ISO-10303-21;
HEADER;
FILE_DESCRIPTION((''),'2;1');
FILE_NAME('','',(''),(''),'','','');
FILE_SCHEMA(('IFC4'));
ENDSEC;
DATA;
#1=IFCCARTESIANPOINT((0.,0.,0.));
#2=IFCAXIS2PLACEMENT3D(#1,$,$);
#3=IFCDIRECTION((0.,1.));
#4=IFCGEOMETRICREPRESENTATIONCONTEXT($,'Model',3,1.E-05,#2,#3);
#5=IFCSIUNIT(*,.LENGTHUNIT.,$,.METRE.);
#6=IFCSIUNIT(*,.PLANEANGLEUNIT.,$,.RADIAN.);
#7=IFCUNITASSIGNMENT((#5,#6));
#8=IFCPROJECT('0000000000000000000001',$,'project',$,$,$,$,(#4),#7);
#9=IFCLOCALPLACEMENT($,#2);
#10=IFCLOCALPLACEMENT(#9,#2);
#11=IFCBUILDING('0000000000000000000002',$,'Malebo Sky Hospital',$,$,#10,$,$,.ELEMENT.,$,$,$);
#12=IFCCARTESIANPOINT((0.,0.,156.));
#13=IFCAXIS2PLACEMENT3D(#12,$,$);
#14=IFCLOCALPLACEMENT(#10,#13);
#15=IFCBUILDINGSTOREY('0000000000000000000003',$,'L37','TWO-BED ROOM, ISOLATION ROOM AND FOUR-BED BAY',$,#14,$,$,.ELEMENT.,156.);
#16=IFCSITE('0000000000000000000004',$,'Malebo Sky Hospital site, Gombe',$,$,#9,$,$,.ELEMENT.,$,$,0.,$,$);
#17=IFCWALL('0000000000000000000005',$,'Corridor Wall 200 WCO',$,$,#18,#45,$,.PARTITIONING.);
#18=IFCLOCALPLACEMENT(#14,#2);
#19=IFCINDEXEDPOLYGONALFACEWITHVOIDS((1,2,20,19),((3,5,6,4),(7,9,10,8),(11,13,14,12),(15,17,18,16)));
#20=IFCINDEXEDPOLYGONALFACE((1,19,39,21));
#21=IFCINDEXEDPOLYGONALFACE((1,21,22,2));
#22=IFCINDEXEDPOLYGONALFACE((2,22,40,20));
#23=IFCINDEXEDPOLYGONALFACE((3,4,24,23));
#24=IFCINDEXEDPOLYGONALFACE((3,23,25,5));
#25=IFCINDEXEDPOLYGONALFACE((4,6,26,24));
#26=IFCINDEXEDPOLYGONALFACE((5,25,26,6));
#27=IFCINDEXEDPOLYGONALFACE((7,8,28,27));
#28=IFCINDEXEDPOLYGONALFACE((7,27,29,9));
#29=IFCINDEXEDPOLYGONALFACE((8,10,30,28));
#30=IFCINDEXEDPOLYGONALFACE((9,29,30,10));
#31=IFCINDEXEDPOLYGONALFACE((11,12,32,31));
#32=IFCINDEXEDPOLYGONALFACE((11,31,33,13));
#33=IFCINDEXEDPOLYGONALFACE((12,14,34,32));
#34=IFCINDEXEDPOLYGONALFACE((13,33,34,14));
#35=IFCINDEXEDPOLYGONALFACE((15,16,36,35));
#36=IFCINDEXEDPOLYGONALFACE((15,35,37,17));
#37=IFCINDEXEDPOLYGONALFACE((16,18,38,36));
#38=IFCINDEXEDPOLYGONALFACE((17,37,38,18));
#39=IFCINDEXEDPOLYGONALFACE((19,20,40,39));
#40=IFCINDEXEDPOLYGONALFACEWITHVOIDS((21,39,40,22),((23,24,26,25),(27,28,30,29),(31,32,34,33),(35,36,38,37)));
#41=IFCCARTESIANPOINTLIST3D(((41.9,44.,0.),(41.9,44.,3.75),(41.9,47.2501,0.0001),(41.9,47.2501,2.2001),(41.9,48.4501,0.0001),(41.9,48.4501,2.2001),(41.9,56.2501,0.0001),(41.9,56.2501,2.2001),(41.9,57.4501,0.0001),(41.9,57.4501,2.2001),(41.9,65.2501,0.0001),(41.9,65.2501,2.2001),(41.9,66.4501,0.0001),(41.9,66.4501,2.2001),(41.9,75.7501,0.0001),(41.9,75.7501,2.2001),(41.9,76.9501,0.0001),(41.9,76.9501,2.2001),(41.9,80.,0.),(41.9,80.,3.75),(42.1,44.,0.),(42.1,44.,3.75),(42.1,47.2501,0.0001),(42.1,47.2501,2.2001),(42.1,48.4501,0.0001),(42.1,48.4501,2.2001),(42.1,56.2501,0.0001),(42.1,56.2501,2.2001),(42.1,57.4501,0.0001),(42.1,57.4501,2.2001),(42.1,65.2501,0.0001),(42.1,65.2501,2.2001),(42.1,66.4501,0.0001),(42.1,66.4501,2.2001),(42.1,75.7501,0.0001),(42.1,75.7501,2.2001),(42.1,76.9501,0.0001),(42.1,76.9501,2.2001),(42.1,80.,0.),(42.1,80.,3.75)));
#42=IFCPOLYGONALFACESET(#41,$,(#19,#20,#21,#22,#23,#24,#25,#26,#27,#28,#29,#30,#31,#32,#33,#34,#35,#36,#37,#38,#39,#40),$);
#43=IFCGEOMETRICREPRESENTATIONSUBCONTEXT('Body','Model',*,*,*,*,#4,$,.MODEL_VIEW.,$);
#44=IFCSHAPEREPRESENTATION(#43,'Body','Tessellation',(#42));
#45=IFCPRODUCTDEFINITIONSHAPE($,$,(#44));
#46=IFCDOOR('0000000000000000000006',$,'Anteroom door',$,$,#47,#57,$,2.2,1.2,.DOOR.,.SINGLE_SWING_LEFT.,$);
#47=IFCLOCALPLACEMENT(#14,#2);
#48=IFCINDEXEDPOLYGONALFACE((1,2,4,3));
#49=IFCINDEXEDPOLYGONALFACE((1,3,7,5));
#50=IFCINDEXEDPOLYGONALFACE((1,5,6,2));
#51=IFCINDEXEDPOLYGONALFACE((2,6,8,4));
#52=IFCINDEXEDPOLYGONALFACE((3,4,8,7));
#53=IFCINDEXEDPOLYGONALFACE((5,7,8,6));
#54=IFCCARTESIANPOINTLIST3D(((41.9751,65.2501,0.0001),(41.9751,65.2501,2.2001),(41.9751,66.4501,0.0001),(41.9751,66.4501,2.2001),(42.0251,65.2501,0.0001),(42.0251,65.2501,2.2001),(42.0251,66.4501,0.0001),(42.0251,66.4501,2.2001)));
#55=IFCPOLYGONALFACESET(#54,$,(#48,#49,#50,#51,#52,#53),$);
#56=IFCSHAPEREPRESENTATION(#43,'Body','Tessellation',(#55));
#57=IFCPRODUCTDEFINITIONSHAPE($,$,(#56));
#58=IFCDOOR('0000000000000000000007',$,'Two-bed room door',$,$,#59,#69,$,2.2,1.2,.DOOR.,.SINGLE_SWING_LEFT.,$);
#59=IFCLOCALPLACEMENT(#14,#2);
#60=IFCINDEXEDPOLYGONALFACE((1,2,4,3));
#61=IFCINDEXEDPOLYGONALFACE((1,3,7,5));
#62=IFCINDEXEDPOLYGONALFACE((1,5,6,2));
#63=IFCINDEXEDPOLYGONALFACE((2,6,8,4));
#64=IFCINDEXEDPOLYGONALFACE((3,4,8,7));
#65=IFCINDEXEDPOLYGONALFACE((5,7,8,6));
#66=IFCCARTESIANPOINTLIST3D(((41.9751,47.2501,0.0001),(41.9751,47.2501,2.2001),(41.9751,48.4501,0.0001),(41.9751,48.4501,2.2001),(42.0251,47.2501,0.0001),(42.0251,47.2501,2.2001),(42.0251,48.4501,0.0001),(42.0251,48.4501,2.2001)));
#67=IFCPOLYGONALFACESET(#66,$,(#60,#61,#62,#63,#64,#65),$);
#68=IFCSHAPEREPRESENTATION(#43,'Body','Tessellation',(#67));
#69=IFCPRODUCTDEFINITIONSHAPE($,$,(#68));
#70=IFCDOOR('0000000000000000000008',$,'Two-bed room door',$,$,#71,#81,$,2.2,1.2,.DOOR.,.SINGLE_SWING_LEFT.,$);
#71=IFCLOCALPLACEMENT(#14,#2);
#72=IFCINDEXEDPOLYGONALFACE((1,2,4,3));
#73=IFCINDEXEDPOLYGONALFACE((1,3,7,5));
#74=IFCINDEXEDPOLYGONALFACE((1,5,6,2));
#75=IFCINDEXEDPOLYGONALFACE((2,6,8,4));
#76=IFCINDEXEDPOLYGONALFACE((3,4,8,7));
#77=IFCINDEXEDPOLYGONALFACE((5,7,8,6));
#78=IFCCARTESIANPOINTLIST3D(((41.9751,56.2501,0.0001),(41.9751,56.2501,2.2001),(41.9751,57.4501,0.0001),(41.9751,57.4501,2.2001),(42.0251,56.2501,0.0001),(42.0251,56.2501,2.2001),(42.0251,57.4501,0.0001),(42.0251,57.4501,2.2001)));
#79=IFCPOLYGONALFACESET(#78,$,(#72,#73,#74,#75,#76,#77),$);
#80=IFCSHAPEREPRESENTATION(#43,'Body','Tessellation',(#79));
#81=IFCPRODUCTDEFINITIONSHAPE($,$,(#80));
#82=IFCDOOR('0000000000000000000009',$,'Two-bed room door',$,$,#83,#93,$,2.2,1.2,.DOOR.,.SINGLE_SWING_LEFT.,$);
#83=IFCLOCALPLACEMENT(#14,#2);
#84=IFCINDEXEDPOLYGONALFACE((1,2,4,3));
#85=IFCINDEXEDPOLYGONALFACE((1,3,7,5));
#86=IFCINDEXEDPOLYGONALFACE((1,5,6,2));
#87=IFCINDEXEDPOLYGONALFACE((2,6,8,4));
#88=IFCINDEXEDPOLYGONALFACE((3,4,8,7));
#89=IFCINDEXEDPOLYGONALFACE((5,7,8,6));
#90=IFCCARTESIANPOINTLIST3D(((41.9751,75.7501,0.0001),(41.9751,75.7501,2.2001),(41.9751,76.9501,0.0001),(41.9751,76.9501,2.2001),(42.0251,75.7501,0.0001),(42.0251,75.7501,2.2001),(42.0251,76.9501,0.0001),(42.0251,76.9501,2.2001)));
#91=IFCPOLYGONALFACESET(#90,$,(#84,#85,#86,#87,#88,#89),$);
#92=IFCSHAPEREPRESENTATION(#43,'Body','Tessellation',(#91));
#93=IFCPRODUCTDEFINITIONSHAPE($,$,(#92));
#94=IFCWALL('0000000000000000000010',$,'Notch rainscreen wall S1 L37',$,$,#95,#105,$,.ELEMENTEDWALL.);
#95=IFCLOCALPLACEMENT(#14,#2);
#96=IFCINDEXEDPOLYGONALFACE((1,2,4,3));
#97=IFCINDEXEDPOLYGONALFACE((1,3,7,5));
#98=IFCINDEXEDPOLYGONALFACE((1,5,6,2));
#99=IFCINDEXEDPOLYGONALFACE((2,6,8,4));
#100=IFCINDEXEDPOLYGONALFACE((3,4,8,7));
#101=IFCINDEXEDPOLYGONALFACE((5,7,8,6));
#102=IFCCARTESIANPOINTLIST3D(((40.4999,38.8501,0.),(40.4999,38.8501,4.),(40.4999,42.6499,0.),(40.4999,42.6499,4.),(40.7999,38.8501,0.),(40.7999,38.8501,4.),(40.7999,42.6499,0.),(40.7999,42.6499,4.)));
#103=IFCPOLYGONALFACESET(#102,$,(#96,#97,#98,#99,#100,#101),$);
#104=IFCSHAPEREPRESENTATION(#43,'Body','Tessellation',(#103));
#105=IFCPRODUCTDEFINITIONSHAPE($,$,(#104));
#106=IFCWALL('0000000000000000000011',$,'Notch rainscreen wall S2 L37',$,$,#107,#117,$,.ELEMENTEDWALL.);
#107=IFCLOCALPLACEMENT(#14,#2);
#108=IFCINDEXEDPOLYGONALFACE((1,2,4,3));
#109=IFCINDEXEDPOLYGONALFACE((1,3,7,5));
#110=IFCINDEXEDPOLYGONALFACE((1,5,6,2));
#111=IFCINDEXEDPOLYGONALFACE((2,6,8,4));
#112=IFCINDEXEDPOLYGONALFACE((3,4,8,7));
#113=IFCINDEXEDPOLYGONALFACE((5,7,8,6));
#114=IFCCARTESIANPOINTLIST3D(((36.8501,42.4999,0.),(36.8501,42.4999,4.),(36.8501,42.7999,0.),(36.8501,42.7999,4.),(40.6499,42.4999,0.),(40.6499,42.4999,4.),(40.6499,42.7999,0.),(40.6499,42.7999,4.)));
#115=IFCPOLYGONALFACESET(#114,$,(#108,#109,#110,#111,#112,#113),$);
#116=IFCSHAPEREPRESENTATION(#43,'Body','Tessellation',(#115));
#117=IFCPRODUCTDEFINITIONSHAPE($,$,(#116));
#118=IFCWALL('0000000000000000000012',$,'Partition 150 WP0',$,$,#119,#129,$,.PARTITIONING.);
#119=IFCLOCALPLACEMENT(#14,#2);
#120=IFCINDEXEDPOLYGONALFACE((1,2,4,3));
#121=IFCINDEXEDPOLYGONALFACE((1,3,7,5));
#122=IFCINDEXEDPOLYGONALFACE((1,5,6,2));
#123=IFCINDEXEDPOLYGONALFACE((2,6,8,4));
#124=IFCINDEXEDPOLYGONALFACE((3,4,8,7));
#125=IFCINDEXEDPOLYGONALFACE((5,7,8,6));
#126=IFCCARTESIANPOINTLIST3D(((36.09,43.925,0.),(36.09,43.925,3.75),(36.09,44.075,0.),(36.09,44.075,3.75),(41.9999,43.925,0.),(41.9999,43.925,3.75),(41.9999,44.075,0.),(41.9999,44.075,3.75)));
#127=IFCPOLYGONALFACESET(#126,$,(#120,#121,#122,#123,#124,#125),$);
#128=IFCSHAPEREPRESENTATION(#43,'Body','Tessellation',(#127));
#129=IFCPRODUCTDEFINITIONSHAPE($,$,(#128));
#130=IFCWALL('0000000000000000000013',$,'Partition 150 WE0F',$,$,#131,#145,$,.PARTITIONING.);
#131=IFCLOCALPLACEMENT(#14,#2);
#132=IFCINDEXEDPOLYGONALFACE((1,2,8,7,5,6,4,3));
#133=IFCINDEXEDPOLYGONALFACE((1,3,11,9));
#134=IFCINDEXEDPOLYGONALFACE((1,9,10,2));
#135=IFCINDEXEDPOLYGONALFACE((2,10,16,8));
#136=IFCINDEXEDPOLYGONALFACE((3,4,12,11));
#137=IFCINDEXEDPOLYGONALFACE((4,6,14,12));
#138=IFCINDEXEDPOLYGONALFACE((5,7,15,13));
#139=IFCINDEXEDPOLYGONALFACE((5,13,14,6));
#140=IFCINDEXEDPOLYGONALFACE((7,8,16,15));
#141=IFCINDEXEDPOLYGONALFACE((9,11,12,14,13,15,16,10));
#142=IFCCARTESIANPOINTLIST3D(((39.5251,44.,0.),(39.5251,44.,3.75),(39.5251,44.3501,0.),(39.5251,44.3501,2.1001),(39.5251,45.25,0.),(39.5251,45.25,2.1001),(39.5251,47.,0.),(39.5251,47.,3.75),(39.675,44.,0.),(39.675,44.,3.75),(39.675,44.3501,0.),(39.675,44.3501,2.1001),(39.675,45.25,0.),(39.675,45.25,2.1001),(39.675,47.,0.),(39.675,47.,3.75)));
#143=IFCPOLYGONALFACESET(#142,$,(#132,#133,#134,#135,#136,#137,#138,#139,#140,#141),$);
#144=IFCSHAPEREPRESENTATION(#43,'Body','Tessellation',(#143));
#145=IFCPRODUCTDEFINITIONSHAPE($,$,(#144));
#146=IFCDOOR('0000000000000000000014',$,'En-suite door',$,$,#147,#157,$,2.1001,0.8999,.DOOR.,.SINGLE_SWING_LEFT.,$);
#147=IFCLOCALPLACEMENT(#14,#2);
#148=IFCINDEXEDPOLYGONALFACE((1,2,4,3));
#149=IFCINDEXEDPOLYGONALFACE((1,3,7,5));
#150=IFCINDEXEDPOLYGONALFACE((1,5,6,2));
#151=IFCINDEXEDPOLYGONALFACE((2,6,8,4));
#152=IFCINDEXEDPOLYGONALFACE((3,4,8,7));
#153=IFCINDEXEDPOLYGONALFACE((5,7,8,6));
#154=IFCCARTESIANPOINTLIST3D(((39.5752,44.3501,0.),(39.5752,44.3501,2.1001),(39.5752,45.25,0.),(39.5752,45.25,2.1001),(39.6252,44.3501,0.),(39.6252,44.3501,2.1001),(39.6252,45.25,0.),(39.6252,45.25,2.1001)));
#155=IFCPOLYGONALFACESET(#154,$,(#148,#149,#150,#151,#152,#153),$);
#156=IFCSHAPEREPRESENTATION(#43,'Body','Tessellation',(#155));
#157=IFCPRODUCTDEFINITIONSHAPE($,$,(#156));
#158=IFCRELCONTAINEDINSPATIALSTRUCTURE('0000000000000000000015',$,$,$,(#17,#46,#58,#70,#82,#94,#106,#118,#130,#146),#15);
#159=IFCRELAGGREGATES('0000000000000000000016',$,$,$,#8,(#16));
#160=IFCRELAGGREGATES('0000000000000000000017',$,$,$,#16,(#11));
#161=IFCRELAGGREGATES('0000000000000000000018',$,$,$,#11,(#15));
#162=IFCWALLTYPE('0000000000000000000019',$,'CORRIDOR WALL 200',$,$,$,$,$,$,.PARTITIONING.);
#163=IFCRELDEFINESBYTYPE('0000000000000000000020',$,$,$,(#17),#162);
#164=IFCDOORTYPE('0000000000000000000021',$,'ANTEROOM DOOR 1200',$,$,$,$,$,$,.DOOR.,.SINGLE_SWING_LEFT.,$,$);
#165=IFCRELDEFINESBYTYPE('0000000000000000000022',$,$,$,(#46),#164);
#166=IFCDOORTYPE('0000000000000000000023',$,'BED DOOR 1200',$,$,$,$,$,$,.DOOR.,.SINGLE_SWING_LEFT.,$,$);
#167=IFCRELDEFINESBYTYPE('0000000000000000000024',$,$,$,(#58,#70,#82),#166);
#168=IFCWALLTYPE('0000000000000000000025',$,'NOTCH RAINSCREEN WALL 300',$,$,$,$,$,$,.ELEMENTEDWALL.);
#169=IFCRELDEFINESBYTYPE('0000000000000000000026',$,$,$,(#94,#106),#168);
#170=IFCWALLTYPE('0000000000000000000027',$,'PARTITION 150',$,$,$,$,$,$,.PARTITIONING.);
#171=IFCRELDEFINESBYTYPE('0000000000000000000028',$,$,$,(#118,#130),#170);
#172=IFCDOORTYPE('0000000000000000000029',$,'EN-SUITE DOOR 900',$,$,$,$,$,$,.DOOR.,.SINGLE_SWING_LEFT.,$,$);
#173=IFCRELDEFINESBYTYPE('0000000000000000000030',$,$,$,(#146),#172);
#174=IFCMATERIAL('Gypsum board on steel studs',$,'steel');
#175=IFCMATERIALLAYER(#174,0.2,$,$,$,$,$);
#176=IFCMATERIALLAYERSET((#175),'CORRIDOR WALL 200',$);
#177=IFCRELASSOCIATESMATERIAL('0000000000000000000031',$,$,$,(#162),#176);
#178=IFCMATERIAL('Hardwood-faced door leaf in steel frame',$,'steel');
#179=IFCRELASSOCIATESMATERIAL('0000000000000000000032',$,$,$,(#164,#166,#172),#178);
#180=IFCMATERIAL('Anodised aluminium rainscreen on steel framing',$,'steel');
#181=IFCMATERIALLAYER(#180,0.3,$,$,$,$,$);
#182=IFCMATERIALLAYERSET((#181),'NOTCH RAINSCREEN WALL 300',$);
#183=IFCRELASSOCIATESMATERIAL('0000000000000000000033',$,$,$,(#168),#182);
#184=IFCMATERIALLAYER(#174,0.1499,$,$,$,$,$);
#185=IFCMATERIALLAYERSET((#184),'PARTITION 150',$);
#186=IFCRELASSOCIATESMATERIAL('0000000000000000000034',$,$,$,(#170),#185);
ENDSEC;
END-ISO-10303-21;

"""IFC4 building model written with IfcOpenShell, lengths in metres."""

from ifc_helpers import new_model, si_unit, direction, frame, frame_2d, origin, place, context, subcontext, project, spatial, rectangle, extrude, material, layer, layer_set, type_object, element, fill, save


model = new_model("IFC4")

# Units and contexts
model_context = context("Model", 3, precision=1e-05, world=origin(), true_north=direction((0.0, 1.0)))
body_context = subcontext(model_context, "Body", "Model", "MODEL_VIEW")
ifc_project = project(units=[si_unit("LENGTHUNIT", "METRE"), si_unit("PLANEANGLEUNIT", "RADIAN")], contexts=[model_context])

# Site, building, storey
site_placement = place(None, origin())
site = spatial("IfcSite", under=ifc_project, at=site_placement, Name="Malebo Sky Hospital site, Gombe", CompositionType="ELEMENT", RefElevation=0.0)
building_placement = place(site_placement, origin())
building = spatial("IfcBuilding", under=site, at=building_placement, Name="Malebo Sky Hospital", CompositionType="ELEMENT")
storey_placement = place(building_placement, frame((0.0, 0.0, 156.0)))
storey = spatial("IfcBuildingStorey", under=building, at=storey_placement, Name="L37", Description="TWO-BED ROOM, ISOLATION ROOM AND FOUR-BED BAY", CompositionType="ELEMENT", Elevation=156.0)

# Wall, openings, doors
ifc_material_1 = material(Name="Gypsum board on steel studs", Category="steel")
ifc_layer_1 = layer(ifc_material_1, 0.2)
ifc_layer_set_1 = layer_set([ifc_layer_1], Name="CORRIDOR WALL 200")
wall_type_1 = type_object("IfcWallType", Name="CORRIDOR WALL 200", PredefinedType="PARTITIONING", material=ifc_layer_set_1)
wall_1_placement = place(storey_placement, frame((42.0, 44.0, 0.0), z_axis=(0.0, 0.0, 1.0), x_axis=(0.0, 1.0, 0.0)))
wall_1 = element("IfcWall", 1, at=wall_1_placement, inside=storey, type_object=wall_type_1, Name="Corridor Wall 200 WCO", PredefinedType="PARTITIONING", context=body_context, shape_type="SweptSolid", body=[
    extrude(rectangle(XDim=36.0, YDim=0.2, at=frame_2d((18.0, 0.0))), origin(), (0.0, 0.0, 1.0), 3.75),
])
opening_1_placement = place(wall_1_placement, frame((3.25, 0.0, 0.0)))
opening_1 = element("IfcOpeningElement", 2, at=opening_1_placement, cuts=wall_1, PredefinedType="OPENING", context=body_context, shape_type="SweptSolid", body=[
    extrude(rectangle(XDim=1.2, YDim=2.2, at=frame_2d((0.6001, 1.1001))), frame((0.0, 0.1099, 0.0), z_axis=(0.0, -1.0, 0.0), x_axis=(1.0, 0.0, 0.0)), (0.0, 0.0, 1.0), 0.22),
])
opening_2_placement = place(wall_1_placement, frame((12.25, 0.0, 0.0)))
opening_2 = element("IfcOpeningElement", 3, at=opening_2_placement, cuts=wall_1, PredefinedType="OPENING", context=body_context, shape_type="SweptSolid", body=[
    extrude(rectangle(XDim=1.2, YDim=2.2, at=frame_2d((0.6001, 1.1001))), frame((0.0, 0.1099, 0.0), z_axis=(0.0, -1.0, 0.0), x_axis=(1.0, 0.0, 0.0)), (0.0, 0.0, 1.0), 0.22),
])
opening_3_placement = place(wall_1_placement, frame((21.25, 0.0, 0.0)))
opening_3 = element("IfcOpeningElement", 4, at=opening_3_placement, cuts=wall_1, PredefinedType="OPENING", context=body_context, shape_type="SweptSolid", body=[
    extrude(rectangle(XDim=1.2, YDim=2.2, at=frame_2d((0.6001, 1.1001))), frame((0.0, 0.1099, 0.0), z_axis=(0.0, -1.0, 0.0), x_axis=(1.0, 0.0, 0.0)), (0.0, 0.0, 1.0), 0.22),
])
opening_4_placement = place(wall_1_placement, frame((31.75, 0.0, 0.0)))
opening_4 = element("IfcOpeningElement", 5, at=opening_4_placement, cuts=wall_1, PredefinedType="OPENING", context=body_context, shape_type="SweptSolid", body=[
    extrude(rectangle(XDim=1.2, YDim=2.2, at=frame_2d((0.6001, 1.1001))), frame((0.0, 0.1099, 0.0), z_axis=(0.0, -1.0, 0.0), x_axis=(1.0, 0.0, 0.0)), (0.0, 0.0, 1.0), 0.22),
])
ifc_material_2 = material(Name="Hardwood-faced door leaf in steel frame", Category="steel")
door_type_1 = type_object("IfcDoorType", Name="ANTEROOM DOOR 1200", OperationType="SINGLE_SWING_LEFT", PredefinedType="DOOR", material=ifc_material_2)
door_1_placement = place(opening_3_placement, origin())
door_1 = element("IfcDoor", 6, at=door_1_placement, inside=storey, type_object=door_type_1, Name="Anteroom door", OperationType="SINGLE_SWING_LEFT", OverallHeight=2.2, OverallWidth=1.2, PredefinedType="DOOR", context=body_context, shape_type="SweptSolid", body=[
    extrude(rectangle(XDim=1.2, YDim=2.2, at=frame_2d((0.6001, 1.1001))), frame((0.0, 0.0249, 0.0), z_axis=(0.0, -1.0, 0.0), x_axis=(1.0, 0.0, 0.0)), (0.0, 0.0, 1.0), 0.05),
])
fill(opening_3, door_1)
door_type_2 = type_object("IfcDoorType", Name="BED DOOR 1200", OperationType="SINGLE_SWING_LEFT", PredefinedType="DOOR", material=ifc_material_2)
door_2_placement = place(opening_1_placement, origin())
door_2 = element("IfcDoor", 7, at=door_2_placement, inside=storey, type_object=door_type_2, Name="Two-bed room door", OperationType="SINGLE_SWING_LEFT", OverallHeight=2.2, OverallWidth=1.2, PredefinedType="DOOR", context=body_context, shape_type="SweptSolid", body=[
    extrude(rectangle(XDim=1.2, YDim=2.2, at=frame_2d((0.6001, 1.1001))), frame((0.0, 0.0249, 0.0), z_axis=(0.0, -1.0, 0.0), x_axis=(1.0, 0.0, 0.0)), (0.0, 0.0, 1.0), 0.05),
])
fill(opening_1, door_2)
door_3_placement = place(opening_2_placement, origin())
door_3 = element("IfcDoor", 8, at=door_3_placement, inside=storey, type_object=door_type_2, Name="Two-bed room door", OperationType="SINGLE_SWING_LEFT", OverallHeight=2.2, OverallWidth=1.2, PredefinedType="DOOR", context=body_context, shape_type="SweptSolid", body=[
    extrude(rectangle(XDim=1.2, YDim=2.2, at=frame_2d((0.6001, 1.1001))), frame((0.0, 0.0249, 0.0), z_axis=(0.0, -1.0, 0.0), x_axis=(1.0, 0.0, 0.0)), (0.0, 0.0, 1.0), 0.05),
])
fill(opening_2, door_3)
door_4_placement = place(opening_4_placement, origin())
door_4 = element("IfcDoor", 9, at=door_4_placement, inside=storey, type_object=door_type_2, Name="Two-bed room door", OperationType="SINGLE_SWING_LEFT", OverallHeight=2.2, OverallWidth=1.2, PredefinedType="DOOR", context=body_context, shape_type="SweptSolid", body=[
    extrude(rectangle(XDim=1.2, YDim=2.2, at=frame_2d((0.6001, 1.1001))), frame((0.0, 0.0249, 0.0), z_axis=(0.0, -1.0, 0.0), x_axis=(1.0, 0.0, 0.0)), (0.0, 0.0, 1.0), 0.05),
])
fill(opening_4, door_4)

# Walls
ifc_material_3 = material(Name="Anodised aluminium rainscreen on steel framing", Category="steel")
ifc_layer_2 = layer(ifc_material_3, 0.3)
ifc_layer_set_2 = layer_set([ifc_layer_2], Name="NOTCH RAINSCREEN WALL 300")
wall_type_2 = type_object("IfcWallType", Name="NOTCH RAINSCREEN WALL 300", PredefinedType="ELEMENTEDWALL", material=ifc_layer_set_2)
for number, where, z_axis, x_axis, name in (
    (10, (40.6499, 38.8501, 0.0), (0.0, 0.0, 1.0), (0.0, 1.0, 0.0), "Notch rainscreen wall S1 L37"),
    (11, (40.6499, 42.6499, 0.0), (0.0, 0.0, 1.0), (-1.0, 0.0, 0.0), "Notch rainscreen wall S2 L37"),
):
    element("IfcWall", number, at=place(storey_placement, frame(where, z_axis=z_axis, x_axis=x_axis)), inside=storey, type_object=wall_type_2, Name=name, PredefinedType="ELEMENTEDWALL", context=body_context, shape_type="SweptSolid", body=[
        extrude(rectangle(XDim=3.7998, YDim=0.3, at=frame_2d((1.8999, 0.0))), origin(), (0.0, 0.0, 1.0), 4.0),
    ])
ifc_layer_3 = layer(ifc_material_1, 0.1499)
ifc_layer_set_3 = layer_set([ifc_layer_3], Name="PARTITION 150")
wall_type_3 = type_object("IfcWallType", Name="PARTITION 150", PredefinedType="PARTITIONING", material=ifc_layer_set_3)
wall_2_placement = place(storey_placement, frame((42.0, 44.0, 0.0), z_axis=(0.0, 0.0, 1.0), x_axis=(-1.0, 0.0, 0.0)))
element("IfcWall", 12, at=wall_2_placement, inside=storey, type_object=wall_type_3, Name="Partition 150 WP0", PredefinedType="PARTITIONING", context=body_context, shape_type="SweptSolid", body=[
    extrude(rectangle(XDim=5.9099, YDim=0.1499, at=frame_2d((2.9551, 0.0))), origin(), (0.0, 0.0, 1.0), 3.75),
])

# Wall, opening, door
wall_3_placement = place(storey_placement, frame((39.6001, 44.0, 0.0), z_axis=(0.0, 0.0, 1.0), x_axis=(0.0, 1.0, 0.0)))
wall_3 = element("IfcWall", 13, at=wall_3_placement, inside=storey, type_object=wall_type_3, Name="Partition 150 WE0F", PredefinedType="PARTITIONING", context=body_context, shape_type="SweptSolid", body=[
    extrude(rectangle(XDim=3.0, YDim=0.1499, at=frame_2d((1.5, 0.0))), origin(), (0.0, 0.0, 1.0), 3.75),
])
opening_5_placement = place(wall_3_placement, frame((0.3501, 0.0, 0.0)))
opening_5 = element("IfcOpeningElement", 14, at=opening_5_placement, cuts=wall_3, PredefinedType="OPENING", context=body_context, shape_type="SweptSolid", body=[
    extrude(rectangle(XDim=0.8999, YDim=2.1001, at=frame_2d((0.45, 1.05))), frame((0.0, 0.085, 0.0), z_axis=(0.0, -1.0, 0.0), x_axis=(1.0, 0.0, 0.0)), (0.0, 0.0, 1.0), 0.1699),
])
door_type_3 = type_object("IfcDoorType", Name="EN-SUITE DOOR 900", OperationType="SINGLE_SWING_LEFT", PredefinedType="DOOR", material=ifc_material_2)
door_5_placement = place(opening_5_placement, origin())
door_5 = element("IfcDoor", 15, at=door_5_placement, inside=storey, type_object=door_type_3, Name="En-suite door", OperationType="SINGLE_SWING_LEFT", OverallHeight=2.1001, OverallWidth=0.8999, PredefinedType="DOOR", context=body_context, shape_type="SweptSolid", body=[
    extrude(rectangle(XDim=0.8999, YDim=2.1001, at=frame_2d((0.45, 1.05))), frame((0.0, 0.0249, 0.0), z_axis=(0.0, -1.0, 0.0), x_axis=(1.0, 0.0, 0.0)), (0.0, 0.0, 1.0), 0.05),
])
fill(opening_5, door_5)

save(model, "model.ifc")
